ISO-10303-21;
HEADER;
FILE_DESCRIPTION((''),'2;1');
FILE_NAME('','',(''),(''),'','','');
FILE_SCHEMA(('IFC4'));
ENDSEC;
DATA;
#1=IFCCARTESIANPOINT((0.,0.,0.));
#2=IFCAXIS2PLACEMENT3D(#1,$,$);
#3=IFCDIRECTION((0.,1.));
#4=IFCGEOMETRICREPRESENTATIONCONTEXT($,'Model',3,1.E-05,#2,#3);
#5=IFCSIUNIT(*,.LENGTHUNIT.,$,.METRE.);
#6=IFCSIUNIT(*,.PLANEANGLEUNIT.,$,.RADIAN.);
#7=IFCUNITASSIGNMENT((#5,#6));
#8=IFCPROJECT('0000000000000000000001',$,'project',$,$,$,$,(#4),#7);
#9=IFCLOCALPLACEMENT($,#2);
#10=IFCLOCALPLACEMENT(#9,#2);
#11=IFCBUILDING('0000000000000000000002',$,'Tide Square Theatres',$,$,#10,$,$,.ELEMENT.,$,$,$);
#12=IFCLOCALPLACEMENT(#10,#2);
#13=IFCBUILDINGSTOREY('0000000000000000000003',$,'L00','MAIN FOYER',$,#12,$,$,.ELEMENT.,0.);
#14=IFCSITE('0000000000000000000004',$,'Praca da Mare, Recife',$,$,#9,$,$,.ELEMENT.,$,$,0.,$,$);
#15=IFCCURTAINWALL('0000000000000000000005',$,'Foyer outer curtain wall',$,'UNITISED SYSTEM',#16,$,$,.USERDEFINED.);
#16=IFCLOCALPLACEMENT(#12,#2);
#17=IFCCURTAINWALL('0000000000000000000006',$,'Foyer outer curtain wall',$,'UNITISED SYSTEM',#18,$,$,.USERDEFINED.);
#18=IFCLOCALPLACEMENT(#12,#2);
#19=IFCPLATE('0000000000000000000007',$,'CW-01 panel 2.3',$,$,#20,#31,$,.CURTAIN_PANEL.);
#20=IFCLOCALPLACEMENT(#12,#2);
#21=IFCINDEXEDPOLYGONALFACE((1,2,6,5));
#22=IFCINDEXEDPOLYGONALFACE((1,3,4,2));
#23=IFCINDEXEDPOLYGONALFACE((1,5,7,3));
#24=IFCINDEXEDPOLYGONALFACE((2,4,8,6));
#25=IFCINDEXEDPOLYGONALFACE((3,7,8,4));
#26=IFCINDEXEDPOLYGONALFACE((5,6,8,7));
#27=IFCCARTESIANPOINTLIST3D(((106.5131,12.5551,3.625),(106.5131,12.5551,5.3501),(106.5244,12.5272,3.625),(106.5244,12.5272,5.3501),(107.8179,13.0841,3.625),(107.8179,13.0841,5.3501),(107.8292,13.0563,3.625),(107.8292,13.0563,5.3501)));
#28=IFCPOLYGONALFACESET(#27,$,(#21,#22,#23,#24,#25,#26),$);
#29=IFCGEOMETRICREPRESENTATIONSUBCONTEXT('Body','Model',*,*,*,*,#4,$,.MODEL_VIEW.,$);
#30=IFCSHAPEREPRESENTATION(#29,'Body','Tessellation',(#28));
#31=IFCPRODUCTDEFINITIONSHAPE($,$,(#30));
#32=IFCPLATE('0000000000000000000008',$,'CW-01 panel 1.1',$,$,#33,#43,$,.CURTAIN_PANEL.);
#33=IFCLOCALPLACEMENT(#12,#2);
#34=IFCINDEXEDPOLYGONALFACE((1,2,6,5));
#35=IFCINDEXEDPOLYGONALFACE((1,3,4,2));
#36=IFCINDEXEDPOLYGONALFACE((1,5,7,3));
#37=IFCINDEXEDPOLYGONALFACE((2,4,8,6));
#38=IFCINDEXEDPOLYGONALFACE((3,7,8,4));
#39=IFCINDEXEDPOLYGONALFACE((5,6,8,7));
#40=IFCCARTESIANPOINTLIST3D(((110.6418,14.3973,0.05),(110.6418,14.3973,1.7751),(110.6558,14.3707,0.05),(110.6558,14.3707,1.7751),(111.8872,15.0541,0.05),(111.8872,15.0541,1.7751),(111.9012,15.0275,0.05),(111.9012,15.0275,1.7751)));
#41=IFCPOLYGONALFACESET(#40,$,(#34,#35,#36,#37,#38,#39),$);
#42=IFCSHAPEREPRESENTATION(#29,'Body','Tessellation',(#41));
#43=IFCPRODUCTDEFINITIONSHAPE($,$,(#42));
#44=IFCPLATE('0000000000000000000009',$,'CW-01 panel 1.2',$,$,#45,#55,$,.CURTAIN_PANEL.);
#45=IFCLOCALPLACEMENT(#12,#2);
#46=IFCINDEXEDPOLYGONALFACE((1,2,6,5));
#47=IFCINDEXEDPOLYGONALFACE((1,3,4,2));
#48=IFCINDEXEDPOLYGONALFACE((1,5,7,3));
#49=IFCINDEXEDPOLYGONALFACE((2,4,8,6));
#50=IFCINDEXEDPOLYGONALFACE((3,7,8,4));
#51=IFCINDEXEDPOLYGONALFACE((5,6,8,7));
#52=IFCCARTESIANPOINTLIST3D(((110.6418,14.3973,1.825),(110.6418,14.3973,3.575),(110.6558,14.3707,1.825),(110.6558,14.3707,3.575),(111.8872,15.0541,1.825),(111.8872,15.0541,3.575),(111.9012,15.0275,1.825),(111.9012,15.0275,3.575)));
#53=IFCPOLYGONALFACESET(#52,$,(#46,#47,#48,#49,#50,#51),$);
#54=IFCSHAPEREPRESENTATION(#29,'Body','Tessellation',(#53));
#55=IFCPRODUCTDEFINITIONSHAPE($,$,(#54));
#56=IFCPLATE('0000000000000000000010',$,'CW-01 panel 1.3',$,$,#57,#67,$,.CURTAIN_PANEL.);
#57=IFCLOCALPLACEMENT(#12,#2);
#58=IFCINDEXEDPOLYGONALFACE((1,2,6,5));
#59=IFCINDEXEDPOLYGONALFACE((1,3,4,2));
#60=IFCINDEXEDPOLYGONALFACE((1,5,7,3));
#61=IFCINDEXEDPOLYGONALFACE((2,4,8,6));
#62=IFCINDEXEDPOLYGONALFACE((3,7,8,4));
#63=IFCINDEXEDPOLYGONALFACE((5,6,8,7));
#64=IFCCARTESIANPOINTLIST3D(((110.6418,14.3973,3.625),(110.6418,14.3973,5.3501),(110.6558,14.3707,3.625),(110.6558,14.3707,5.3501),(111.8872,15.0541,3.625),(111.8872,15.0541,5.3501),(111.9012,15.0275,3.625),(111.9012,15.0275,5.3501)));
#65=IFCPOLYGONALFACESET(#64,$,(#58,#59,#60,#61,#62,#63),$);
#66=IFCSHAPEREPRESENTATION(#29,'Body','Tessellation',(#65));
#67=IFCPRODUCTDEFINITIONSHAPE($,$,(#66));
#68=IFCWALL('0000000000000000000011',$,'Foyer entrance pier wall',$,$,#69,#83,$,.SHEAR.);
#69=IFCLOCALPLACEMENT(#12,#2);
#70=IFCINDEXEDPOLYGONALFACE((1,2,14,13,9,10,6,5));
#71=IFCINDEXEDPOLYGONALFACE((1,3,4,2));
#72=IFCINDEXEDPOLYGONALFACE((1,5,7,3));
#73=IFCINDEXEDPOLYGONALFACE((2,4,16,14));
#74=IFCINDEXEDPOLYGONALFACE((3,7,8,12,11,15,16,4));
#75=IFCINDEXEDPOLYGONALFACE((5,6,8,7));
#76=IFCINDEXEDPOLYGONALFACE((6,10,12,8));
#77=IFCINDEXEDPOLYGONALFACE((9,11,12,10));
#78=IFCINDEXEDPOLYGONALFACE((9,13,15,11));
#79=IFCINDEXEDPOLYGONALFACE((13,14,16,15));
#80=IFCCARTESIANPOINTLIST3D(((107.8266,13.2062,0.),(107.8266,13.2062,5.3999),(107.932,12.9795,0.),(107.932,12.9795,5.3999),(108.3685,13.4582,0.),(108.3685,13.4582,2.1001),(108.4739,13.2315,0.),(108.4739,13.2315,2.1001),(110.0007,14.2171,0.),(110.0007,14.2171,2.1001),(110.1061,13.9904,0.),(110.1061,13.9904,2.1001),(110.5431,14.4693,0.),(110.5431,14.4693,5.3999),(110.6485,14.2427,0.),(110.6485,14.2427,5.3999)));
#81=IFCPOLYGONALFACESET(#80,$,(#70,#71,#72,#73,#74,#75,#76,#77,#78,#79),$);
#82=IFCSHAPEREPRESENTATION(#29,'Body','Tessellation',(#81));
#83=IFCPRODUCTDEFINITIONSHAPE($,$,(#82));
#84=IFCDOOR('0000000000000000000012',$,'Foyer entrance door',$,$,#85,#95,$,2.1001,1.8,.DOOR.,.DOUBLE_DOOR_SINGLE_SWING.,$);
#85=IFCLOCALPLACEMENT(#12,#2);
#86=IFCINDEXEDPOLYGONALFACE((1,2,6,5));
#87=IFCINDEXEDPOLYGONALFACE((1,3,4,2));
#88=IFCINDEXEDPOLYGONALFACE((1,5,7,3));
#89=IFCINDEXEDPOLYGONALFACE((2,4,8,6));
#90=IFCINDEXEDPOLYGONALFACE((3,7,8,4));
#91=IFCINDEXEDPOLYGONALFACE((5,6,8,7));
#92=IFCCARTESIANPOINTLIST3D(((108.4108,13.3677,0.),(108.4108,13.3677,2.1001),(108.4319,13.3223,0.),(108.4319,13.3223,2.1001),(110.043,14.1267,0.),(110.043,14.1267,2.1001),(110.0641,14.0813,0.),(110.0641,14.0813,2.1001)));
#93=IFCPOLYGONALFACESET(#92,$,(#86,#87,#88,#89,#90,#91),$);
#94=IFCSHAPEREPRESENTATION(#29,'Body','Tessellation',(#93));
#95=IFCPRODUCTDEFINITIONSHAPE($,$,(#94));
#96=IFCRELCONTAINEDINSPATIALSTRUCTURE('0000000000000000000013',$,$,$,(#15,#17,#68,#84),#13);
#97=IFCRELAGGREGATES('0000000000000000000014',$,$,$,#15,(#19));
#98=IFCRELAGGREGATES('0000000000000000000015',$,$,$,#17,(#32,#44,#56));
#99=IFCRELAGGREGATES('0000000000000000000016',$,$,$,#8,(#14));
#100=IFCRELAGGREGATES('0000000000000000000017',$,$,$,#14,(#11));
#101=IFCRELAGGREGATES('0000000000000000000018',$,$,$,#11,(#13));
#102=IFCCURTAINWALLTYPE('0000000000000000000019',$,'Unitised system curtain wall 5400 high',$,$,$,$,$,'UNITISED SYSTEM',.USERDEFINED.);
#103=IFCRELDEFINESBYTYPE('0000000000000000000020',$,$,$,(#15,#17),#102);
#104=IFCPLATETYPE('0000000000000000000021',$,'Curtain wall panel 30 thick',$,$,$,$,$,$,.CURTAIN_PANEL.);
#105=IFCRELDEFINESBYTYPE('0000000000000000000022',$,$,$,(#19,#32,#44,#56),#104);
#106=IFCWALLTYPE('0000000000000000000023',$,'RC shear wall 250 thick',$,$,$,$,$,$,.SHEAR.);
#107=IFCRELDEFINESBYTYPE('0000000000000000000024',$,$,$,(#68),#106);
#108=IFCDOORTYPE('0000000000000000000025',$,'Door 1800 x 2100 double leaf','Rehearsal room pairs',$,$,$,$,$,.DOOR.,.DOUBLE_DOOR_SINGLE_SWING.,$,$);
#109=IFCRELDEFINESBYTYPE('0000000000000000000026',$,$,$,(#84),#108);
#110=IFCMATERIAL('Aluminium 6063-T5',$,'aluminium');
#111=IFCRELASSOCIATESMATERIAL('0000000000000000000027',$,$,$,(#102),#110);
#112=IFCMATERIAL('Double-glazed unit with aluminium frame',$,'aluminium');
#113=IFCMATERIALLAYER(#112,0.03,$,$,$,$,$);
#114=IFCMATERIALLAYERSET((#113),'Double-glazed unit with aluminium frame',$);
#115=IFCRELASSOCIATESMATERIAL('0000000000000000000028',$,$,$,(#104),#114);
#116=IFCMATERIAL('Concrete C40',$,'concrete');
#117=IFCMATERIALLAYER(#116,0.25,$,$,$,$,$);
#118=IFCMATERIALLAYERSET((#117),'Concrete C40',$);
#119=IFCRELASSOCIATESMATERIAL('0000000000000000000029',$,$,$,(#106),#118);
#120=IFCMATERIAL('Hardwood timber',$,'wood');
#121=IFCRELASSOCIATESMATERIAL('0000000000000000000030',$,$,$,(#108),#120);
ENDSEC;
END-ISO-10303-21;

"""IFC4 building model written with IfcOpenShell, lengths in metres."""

from ifc_helpers import new_model, si_unit, direction, frame, frame_2d, origin, origin_2d, place, context, subcontext, project, spatial, rectangle, extrude, material, layer, layer_set, type_object, element, fill, aggregate, save


model = new_model("IFC4")

# Units and contexts
model_context = context("Model", 3, precision=1e-05, world=origin(), true_north=direction((0.0, 1.0)))
body_context = subcontext(model_context, "Body", "Model", "MODEL_VIEW")
ifc_project = project(units=[si_unit("LENGTHUNIT", "METRE"), si_unit("PLANEANGLEUNIT", "RADIAN")], contexts=[model_context])

# Site, building, storey
site_placement = place(None, origin())
site = spatial("IfcSite", under=ifc_project, at=site_placement, Name="Praca da Mare, Recife", CompositionType="ELEMENT", RefElevation=0.0)
building_placement = place(site_placement, origin())
building = spatial("IfcBuilding", under=site, at=building_placement, Name="Tide Square Theatres", CompositionType="ELEMENT")
storey_placement = place(building_placement, origin())
storey = spatial("IfcBuildingStorey", under=building, at=storey_placement, Name="L00", Description="MAIN FOYER", CompositionType="ELEMENT", Elevation=0.0)

# Curtain wall
ifc_material_1 = material(Name="Aluminium 6063-T5", Category="aluminium")
curtain_wall_type = type_object("IfcCurtainWallType", Name="Unitised system curtain wall 5400 high", ElementType="UNITISED SYSTEM", PredefinedType="USERDEFINED", material=ifc_material_1)
curtain_wall_1_placement = place(storey_placement, origin())
curtain_wall_1 = element("IfcCurtainWall", 1, at=curtain_wall_1_placement, inside=storey, type_object=curtain_wall_type, Name="Foyer outer curtain wall", ObjectType="UNITISED SYSTEM", PredefinedType="USERDEFINED")

# Curtain wall
curtain_wall_2_placement = place(storey_placement, origin())
curtain_wall_2 = element("IfcCurtainWall", 2, at=curtain_wall_2_placement, inside=storey, type_object=curtain_wall_type, Name="Foyer outer curtain wall", ObjectType="UNITISED SYSTEM", PredefinedType="USERDEFINED")

# Plates
ifc_material_2 = material(Name="Double-glazed unit with aluminium frame", Category="aluminium")
ifc_layer_1 = layer(ifc_material_2, 0.03)
ifc_layer_set_1 = layer_set([ifc_layer_1], Name="Double-glazed unit with aluminium frame")
plate_type = type_object("IfcPlateType", Name="Curtain wall panel 30 thick", PredefinedType="CURTAIN_PANEL", material=ifc_layer_set_1)
plate_1_placement = place(storey_placement, frame((107.1711, 12.8057, 3.625), z_axis=(0.0, 0.0, 1.0), x_axis=(0.926729, 0.375731, 0.0)))
plate_1 = element("IfcPlate", 3, at=plate_1_placement, type_object=plate_type, Name="CW-01 panel 2.3", PredefinedType="CURTAIN_PANEL", context=body_context, shape_type="SweptSolid", body=[
    extrude(rectangle(XDim=1.408, YDim=0.03, at=origin_2d()), origin(), (0.0, 0.0, 1.0), 1.7251),
])
aggregate(curtain_wall_1, [plate_1])
plate_2_placement = place(storey_placement, frame((111.2715, 14.7124, 0.05), z_axis=(0.0, 0.0, 1.0), x_axis=(0.884545, 0.466455, 0.0)))
plate_2 = element("IfcPlate", 4, at=plate_2_placement, type_object=plate_type, Name="CW-01 panel 1.1", PredefinedType="CURTAIN_PANEL", context=body_context, shape_type="SweptSolid", body=[
    extrude(rectangle(XDim=1.408, YDim=0.03, at=origin_2d()), origin(), (0.0, 0.0, 1.0), 1.7251),
])
plate_3_placement = place(storey_placement, frame((111.2715, 14.7124, 1.825), z_axis=(0.0, 0.0, 1.0), x_axis=(0.884545, 0.466455, 0.0)))
plate_3 = element("IfcPlate", 5, at=plate_3_placement, type_object=plate_type, Name="CW-01 panel 1.2", PredefinedType="CURTAIN_PANEL", context=body_context, shape_type="SweptSolid", body=[
    extrude(rectangle(XDim=1.408, YDim=0.03, at=origin_2d()), origin(), (0.0, 0.0, 1.0), 1.75),
])
plate_4_placement = place(storey_placement, frame((111.2715, 14.7124, 3.625), z_axis=(0.0, 0.0, 1.0), x_axis=(0.884545, 0.466455, 0.0)))
plate_4 = element("IfcPlate", 6, at=plate_4_placement, type_object=plate_type, Name="CW-01 panel 1.3", PredefinedType="CURTAIN_PANEL", context=body_context, shape_type="SweptSolid", body=[
    extrude(rectangle(XDim=1.408, YDim=0.03, at=origin_2d()), origin(), (0.0, 0.0, 1.0), 1.7251),
])
aggregate(curtain_wall_2, [plate_2, plate_3, plate_4])

# Wall, opening, door
ifc_material_3 = material(Name="Concrete C40", Category="concrete")
ifc_layer_2 = layer(ifc_material_3, 0.25)
ifc_layer_set_2 = layer_set([ifc_layer_2], Name="Concrete C40")
wall_type = type_object("IfcWallType", Name="RC shear wall 250 thick", PredefinedType="SHEAR", material=ifc_layer_set_2)
wall_placement = place(storey_placement, frame((107.8792, 13.0928, 0.0), z_axis=(0.0, 0.0, 1.0), x_axis=(0.906763, 0.42164, 0.0)))
wall = element("IfcWall", 7, at=wall_placement, inside=storey, type_object=wall_type, Name="Foyer entrance pier wall", PredefinedType="SHEAR", context=body_context, shape_type="SweptSolid", body=[
    extrude(rectangle(XDim=2.9958, YDim=0.25, at=frame_2d((1.498, 0.0))), origin(), (0.0, 0.0, 1.0), 5.3999),
])
opening_placement = place(wall_placement, frame((0.5979, 0.0, 0.0)))
opening = element("IfcOpeningElement", 8, at=opening_placement, cuts=wall, PredefinedType="OPENING", context=body_context, shape_type="SweptSolid", body=[
    extrude(rectangle(XDim=1.8, YDim=2.1001, at=frame_2d((0.8999, 1.05))), frame((0.0, 0.135, 0.0), z_axis=(0.0, -1.0, 0.0), x_axis=(1.0, 0.0, 0.0)), (0.0, 0.0, 1.0), 0.27),
])
ifc_material_4 = material(Name="Hardwood timber", Category="wood")
door_type = type_object("IfcDoorType", Name="Door 1800 x 2100 double leaf", Description="Rehearsal room pairs", OperationType="DOUBLE_DOOR_SINGLE_SWING", PredefinedType="DOOR", material=ifc_material_4)
door_placement = place(opening_placement, frame((1.8, 0.0, 0.0), z_axis=(0.0, 0.0, 1.0), x_axis=(-1.0, 0.0, 0.0)))
door = element("IfcDoor", 9, at=door_placement, inside=storey, type_object=door_type, Name="Foyer entrance door", OperationType="DOUBLE_DOOR_SINGLE_SWING", OverallHeight=2.1001, OverallWidth=1.8, PredefinedType="DOOR", context=body_context, shape_type="SweptSolid", body=[
    extrude(rectangle(XDim=1.8, YDim=2.1001, at=frame_2d((0.8999, 1.05))), frame((0.0, 0.0249, 0.0), z_axis=(0.0, -1.0, 0.0), x_axis=(1.0, 0.0, 0.0)), (0.0, 0.0, 1.0), 0.05),
])
fill(opening, door)

save(model, "model.ifc")
